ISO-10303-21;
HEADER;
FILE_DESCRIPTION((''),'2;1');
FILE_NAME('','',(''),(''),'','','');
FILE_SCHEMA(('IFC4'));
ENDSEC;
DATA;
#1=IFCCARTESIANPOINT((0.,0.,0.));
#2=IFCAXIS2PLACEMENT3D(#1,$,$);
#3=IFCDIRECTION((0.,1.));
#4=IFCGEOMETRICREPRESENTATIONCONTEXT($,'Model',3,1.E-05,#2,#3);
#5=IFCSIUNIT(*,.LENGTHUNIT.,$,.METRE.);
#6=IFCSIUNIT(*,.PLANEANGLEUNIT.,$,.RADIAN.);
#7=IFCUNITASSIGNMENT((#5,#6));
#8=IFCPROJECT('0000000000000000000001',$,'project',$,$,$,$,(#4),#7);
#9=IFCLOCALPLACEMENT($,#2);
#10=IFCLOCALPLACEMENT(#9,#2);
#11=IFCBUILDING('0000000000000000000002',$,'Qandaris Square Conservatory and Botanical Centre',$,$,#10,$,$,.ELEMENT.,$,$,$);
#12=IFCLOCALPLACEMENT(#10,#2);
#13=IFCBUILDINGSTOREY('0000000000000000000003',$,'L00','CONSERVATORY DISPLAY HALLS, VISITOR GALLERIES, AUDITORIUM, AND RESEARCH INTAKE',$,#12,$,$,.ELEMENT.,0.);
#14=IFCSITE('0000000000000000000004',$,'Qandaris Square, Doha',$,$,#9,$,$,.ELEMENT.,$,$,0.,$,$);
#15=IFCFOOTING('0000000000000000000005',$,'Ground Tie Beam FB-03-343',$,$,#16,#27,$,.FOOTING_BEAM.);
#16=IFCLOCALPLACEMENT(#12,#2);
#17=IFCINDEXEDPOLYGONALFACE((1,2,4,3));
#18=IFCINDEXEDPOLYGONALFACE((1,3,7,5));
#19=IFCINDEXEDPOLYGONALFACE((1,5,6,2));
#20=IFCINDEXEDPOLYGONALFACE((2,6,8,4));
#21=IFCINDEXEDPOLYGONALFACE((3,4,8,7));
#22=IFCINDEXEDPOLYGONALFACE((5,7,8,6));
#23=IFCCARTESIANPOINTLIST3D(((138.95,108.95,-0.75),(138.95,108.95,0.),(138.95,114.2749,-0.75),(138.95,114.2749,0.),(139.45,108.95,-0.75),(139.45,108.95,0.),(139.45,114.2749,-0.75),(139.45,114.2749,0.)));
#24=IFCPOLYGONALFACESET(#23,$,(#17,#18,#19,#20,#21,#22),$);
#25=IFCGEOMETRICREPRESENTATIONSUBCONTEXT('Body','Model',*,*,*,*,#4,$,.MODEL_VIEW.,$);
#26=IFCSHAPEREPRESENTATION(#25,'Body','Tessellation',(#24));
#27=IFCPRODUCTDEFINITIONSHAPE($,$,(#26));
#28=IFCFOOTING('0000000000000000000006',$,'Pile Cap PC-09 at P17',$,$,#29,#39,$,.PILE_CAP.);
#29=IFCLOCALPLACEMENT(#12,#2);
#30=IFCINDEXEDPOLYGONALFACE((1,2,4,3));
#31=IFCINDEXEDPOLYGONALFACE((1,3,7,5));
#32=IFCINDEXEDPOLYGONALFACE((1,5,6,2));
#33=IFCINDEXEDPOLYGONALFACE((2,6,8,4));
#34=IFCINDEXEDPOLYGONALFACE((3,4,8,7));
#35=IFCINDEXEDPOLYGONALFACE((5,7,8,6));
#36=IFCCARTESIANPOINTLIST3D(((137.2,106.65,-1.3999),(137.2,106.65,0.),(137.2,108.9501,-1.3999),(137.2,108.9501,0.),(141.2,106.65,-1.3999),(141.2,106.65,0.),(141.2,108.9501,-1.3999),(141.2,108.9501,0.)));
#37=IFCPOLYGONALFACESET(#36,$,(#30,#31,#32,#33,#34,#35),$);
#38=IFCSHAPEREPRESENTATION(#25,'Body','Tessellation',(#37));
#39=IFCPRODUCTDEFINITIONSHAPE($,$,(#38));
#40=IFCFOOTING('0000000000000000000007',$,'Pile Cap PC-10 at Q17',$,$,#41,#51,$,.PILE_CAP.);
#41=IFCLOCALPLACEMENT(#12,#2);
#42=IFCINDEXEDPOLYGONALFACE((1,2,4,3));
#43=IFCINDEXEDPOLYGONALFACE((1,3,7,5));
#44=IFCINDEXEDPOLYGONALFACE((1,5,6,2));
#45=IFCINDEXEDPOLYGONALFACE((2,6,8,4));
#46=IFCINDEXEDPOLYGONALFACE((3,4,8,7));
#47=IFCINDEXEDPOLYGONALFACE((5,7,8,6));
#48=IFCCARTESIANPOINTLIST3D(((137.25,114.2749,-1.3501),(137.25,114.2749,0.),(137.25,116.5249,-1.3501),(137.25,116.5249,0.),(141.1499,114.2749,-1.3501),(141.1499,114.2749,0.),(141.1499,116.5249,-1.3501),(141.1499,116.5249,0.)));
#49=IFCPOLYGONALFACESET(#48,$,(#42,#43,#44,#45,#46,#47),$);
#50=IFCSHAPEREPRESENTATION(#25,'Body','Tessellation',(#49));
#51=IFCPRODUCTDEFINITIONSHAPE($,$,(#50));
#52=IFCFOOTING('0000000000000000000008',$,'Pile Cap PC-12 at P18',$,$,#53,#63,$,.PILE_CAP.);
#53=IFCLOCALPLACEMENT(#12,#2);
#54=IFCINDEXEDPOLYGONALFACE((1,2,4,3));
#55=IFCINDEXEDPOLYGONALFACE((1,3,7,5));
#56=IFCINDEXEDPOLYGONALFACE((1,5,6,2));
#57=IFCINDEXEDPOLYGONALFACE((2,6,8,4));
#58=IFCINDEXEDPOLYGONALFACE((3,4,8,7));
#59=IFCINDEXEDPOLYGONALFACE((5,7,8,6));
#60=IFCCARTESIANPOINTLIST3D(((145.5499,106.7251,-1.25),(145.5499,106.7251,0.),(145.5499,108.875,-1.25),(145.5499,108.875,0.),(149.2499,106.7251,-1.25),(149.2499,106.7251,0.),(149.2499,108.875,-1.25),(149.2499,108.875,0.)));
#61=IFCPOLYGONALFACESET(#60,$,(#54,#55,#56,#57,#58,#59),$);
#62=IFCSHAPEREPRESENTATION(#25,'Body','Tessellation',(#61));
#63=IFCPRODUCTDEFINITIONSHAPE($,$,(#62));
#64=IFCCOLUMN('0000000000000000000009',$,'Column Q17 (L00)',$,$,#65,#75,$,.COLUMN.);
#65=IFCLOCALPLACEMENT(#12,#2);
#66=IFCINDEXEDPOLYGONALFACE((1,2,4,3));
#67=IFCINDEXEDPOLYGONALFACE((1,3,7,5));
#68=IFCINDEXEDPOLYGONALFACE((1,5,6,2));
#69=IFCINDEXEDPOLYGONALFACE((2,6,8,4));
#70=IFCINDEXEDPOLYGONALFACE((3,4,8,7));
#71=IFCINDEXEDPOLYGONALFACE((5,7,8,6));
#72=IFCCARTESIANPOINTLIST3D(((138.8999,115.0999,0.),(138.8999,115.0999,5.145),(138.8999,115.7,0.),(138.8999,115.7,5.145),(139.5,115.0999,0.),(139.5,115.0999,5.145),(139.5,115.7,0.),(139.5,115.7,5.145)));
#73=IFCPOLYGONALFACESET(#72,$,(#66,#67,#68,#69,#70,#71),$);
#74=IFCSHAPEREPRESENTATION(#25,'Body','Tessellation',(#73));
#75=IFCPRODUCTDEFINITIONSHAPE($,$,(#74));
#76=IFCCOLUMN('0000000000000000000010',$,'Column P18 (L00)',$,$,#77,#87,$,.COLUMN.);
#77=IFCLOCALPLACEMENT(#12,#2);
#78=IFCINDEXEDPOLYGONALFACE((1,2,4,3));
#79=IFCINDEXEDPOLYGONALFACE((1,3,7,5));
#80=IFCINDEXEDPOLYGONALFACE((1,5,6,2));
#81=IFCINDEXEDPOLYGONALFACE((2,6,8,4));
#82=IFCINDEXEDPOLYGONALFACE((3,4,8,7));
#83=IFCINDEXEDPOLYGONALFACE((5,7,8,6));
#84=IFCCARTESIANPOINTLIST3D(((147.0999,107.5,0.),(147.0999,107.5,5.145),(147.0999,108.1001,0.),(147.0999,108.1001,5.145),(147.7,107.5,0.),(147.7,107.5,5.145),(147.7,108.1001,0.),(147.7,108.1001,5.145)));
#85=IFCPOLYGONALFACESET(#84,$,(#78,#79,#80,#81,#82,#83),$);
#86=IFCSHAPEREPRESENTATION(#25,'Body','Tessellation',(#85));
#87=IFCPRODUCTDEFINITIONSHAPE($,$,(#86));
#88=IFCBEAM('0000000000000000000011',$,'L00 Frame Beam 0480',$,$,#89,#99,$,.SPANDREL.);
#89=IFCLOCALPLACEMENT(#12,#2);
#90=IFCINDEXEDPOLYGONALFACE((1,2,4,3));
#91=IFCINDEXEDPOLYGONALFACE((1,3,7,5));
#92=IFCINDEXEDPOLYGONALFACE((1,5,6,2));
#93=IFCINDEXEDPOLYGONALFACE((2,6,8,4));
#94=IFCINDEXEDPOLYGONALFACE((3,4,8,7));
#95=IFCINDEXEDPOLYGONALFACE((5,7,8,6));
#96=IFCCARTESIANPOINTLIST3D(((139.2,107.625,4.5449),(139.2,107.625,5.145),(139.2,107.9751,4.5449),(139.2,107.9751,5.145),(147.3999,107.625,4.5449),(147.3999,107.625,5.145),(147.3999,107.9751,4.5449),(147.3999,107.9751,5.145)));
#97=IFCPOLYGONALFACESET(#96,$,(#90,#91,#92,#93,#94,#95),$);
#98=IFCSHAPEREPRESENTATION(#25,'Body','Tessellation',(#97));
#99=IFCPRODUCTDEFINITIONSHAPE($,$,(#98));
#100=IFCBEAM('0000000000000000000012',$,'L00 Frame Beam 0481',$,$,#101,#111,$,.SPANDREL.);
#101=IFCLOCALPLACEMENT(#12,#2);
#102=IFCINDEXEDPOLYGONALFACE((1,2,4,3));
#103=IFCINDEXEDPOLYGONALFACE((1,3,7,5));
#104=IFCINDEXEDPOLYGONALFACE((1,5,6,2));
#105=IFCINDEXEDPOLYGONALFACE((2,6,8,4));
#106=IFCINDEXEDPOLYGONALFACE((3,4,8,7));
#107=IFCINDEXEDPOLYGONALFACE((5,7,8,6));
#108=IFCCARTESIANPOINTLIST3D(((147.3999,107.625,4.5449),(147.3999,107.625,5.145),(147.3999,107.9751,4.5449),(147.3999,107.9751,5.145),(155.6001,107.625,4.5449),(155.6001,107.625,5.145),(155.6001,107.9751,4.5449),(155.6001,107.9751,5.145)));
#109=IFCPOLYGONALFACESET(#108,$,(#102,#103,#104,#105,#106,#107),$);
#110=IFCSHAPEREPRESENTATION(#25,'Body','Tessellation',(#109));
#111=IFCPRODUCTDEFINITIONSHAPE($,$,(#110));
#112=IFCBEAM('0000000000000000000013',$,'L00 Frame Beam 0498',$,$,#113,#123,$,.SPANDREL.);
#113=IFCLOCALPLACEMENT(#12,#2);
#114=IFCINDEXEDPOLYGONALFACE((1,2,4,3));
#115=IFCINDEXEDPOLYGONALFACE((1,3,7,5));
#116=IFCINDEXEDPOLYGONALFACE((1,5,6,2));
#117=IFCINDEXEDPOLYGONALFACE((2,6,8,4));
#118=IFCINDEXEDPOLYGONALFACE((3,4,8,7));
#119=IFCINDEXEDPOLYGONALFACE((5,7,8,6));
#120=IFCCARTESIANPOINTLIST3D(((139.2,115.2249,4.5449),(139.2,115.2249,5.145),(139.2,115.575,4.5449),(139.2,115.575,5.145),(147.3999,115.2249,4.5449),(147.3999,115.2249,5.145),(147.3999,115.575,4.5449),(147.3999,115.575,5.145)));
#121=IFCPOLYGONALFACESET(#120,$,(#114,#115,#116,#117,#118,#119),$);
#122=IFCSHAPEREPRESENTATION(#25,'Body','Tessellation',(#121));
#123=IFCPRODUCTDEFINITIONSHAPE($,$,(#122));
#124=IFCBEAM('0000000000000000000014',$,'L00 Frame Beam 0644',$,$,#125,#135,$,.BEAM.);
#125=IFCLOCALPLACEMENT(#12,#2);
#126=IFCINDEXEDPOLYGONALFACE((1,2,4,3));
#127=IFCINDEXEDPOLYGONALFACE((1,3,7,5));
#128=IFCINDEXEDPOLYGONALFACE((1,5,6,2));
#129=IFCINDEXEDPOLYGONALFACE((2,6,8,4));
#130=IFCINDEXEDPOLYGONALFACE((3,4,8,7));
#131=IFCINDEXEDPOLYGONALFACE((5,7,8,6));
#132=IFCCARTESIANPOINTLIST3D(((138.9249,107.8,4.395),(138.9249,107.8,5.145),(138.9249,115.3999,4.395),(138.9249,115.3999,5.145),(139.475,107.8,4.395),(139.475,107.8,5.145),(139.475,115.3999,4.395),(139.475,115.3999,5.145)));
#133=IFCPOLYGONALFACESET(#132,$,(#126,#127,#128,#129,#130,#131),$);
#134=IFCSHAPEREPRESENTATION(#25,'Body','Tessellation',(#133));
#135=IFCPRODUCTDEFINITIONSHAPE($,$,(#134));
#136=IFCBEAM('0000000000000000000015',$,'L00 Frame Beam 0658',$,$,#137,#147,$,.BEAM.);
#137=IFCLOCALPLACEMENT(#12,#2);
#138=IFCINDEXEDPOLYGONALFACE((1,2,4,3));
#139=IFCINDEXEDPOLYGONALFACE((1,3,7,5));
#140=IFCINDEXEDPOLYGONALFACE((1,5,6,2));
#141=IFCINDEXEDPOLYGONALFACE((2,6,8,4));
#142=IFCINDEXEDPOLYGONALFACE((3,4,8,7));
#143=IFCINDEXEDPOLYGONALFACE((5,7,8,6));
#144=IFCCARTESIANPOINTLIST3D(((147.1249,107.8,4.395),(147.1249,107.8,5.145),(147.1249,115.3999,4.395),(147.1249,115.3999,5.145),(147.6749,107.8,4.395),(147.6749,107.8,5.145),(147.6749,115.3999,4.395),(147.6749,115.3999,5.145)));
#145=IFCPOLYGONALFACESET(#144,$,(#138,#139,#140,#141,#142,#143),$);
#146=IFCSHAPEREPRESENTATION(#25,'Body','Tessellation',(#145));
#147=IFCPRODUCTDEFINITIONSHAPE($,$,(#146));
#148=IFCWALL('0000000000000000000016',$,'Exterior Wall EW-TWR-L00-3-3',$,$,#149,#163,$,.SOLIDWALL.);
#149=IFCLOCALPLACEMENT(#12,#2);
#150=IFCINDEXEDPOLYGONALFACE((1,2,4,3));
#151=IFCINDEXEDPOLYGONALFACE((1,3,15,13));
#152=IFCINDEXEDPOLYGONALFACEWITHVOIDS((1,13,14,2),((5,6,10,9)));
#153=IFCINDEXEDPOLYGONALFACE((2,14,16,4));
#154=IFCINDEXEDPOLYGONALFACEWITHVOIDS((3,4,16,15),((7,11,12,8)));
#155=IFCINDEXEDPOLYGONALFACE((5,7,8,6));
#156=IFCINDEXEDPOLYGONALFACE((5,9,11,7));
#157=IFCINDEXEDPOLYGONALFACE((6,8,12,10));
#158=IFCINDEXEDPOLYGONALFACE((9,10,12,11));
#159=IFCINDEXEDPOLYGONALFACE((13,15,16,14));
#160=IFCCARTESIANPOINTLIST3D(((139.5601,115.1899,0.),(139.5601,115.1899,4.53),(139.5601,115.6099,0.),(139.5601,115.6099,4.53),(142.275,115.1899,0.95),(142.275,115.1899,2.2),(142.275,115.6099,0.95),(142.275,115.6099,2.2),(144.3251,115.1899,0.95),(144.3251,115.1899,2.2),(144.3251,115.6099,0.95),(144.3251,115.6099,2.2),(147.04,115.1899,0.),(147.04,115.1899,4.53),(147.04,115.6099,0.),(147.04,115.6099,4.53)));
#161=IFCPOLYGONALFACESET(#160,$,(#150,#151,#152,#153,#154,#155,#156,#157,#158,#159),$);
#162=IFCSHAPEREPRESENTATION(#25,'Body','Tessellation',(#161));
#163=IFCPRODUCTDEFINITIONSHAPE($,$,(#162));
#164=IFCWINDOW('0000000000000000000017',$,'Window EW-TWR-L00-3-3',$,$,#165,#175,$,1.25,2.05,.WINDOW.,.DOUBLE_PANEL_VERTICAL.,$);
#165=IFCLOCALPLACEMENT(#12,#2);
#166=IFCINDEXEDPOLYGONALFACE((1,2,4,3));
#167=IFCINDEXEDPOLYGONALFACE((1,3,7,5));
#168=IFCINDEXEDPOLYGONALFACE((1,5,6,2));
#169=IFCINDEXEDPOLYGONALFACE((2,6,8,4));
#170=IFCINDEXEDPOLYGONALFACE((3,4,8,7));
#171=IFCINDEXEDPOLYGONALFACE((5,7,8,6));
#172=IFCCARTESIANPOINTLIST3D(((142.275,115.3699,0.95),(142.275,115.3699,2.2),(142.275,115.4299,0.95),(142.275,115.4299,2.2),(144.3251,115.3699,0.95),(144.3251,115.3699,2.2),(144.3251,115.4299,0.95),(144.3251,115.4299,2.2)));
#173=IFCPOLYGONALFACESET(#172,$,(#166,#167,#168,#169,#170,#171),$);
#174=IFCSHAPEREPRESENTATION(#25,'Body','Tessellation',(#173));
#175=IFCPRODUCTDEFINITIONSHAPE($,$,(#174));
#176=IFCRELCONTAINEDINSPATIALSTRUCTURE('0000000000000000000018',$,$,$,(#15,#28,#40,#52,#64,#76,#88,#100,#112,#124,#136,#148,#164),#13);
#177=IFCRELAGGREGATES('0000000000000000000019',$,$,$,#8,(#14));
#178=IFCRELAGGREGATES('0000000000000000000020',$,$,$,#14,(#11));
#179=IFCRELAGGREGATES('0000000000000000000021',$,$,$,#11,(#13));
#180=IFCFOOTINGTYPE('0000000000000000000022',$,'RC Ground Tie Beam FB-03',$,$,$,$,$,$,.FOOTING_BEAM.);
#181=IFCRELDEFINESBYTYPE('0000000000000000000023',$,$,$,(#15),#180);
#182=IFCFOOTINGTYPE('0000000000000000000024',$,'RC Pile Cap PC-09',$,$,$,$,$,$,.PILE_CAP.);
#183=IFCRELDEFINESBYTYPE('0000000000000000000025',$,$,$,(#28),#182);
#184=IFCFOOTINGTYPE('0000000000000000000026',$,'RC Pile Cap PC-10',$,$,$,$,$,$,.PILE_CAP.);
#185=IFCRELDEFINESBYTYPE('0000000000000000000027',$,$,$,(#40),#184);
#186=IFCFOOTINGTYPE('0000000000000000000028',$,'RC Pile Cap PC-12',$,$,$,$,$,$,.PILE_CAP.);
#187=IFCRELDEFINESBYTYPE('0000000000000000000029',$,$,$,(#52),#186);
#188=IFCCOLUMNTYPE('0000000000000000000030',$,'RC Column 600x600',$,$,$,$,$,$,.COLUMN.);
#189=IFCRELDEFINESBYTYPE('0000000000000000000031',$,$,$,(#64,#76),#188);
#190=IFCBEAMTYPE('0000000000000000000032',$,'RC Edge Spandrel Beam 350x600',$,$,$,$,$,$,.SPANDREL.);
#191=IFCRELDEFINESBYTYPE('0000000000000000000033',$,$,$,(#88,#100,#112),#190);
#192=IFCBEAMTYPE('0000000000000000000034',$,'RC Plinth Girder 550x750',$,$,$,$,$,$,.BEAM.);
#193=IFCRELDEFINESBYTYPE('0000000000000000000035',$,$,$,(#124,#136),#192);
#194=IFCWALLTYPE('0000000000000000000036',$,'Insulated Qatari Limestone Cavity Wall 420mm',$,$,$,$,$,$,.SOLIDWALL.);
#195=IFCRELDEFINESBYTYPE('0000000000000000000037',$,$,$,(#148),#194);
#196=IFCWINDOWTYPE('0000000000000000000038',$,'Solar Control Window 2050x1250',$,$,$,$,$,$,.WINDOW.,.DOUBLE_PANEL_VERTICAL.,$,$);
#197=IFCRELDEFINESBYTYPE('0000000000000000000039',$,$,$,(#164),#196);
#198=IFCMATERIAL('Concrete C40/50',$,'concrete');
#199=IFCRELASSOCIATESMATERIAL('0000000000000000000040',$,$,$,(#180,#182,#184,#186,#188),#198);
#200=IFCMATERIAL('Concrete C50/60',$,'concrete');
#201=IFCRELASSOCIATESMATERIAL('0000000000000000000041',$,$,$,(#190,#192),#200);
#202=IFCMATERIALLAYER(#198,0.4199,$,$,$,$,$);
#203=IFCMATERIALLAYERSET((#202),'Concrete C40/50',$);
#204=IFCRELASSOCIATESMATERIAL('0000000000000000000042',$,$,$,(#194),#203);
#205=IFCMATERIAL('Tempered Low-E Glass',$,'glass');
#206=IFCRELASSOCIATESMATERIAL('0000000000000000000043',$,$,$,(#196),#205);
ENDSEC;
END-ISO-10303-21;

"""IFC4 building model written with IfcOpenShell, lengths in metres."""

from ifc_helpers import new_model, si_unit, direction, frame, frame_2d, origin, origin_2d, place, context, subcontext, project, spatial, rectangle, extrude, material, layer, layer_set, material_profile, profile_set, type_object, element, fill, save


model = new_model("IFC4")

# Units and contexts
model_context = context("Model", 3, precision=1e-05, world=origin(), true_north=direction((0.0, 1.0)))
body_context = subcontext(model_context, "Body", "Model", "MODEL_VIEW")
ifc_project = project(units=[si_unit("LENGTHUNIT", "METRE"), si_unit("PLANEANGLEUNIT", "RADIAN")], contexts=[model_context])

# Site, building, storey
site_placement = place(None, origin())
site = spatial("IfcSite", under=ifc_project, at=site_placement, Name="Qandaris Square, Doha", CompositionType="ELEMENT", RefElevation=0.0)
building_placement = place(site_placement, origin())
building = spatial("IfcBuilding", under=site, at=building_placement, Name="Qandaris Square Conservatory and Botanical Centre", CompositionType="ELEMENT")
storey_placement = place(building_placement, origin())
storey = spatial("IfcBuildingStorey", under=building, at=storey_placement, Name="L00", Description="CONSERVATORY DISPLAY HALLS, VISITOR GALLERIES, AUDITORIUM, AND RESEARCH INTAKE", CompositionType="ELEMENT", Elevation=0.0)

# Shared definitions
ifc_material_1 = material(Name="Concrete C50/60", Category="concrete")

# Footings
ifc_material_2 = material(Name="Concrete C40/50", Category="concrete")
ifc_material_profile_1 = material_profile(ifc_material_2, rectangle(XDim=0.5, YDim=0.75, at=origin_2d()), Name="FB 500x750")
ifc_profile_set_1 = profile_set([ifc_material_profile_1], Name="Concrete C40/50")
footing_type_1 = type_object("IfcFootingType", Name="RC Ground Tie Beam FB-03", PredefinedType="FOOTING_BEAM", material=ifc_profile_set_1)
footing_1_placement = place(storey_placement, frame((139.2, 108.95, -0.375), z_axis=(0.0, 1.0, 0.0), x_axis=(-1.0, 0.0, 0.0)))
element("IfcFooting", 1, at=footing_1_placement, inside=storey, type_object=footing_type_1, Name="Ground Tie Beam FB-03-343", PredefinedType="FOOTING_BEAM", context=body_context, shape_type="SweptSolid", body=[
    extrude(rectangle(XDim=0.5, YDim=0.75, at=origin_2d()), origin(), (0.0, 0.0, 1.0), 5.325),
])
footing_type_2 = type_object("IfcFootingType", Name="RC Pile Cap PC-09", PredefinedType="PILE_CAP", material=ifc_material_2)
footing_2_placement = place(storey_placement, frame((139.2, 107.8, -1.3999), z_axis=(0.0, 0.0, 1.0), x_axis=(1.0, 0.0, 0.0)))
element("IfcFooting", 2, at=footing_2_placement, inside=storey, type_object=footing_type_2, Name="Pile Cap PC-09 at P17", PredefinedType="PILE_CAP", context=body_context, shape_type="SweptSolid", body=[
    extrude(rectangle(XDim=4.0, YDim=2.3, at=origin_2d()), origin(), (0.0, 0.0, 1.0), 1.3999),
])
footing_type_3 = type_object("IfcFootingType", Name="RC Pile Cap PC-10", PredefinedType="PILE_CAP", material=ifc_material_2)
footing_3_placement = place(storey_placement, frame((139.2, 115.3999, -1.3501), z_axis=(0.0, 0.0, 1.0), x_axis=(1.0, 0.0, 0.0)))
element("IfcFooting", 3, at=footing_3_placement, inside=storey, type_object=footing_type_3, Name="Pile Cap PC-10 at Q17", PredefinedType="PILE_CAP", context=body_context, shape_type="SweptSolid", body=[
    extrude(rectangle(XDim=3.8999, YDim=2.25, at=origin_2d()), origin(), (0.0, 0.0, 1.0), 1.3501),
])
footing_type_4 = type_object("IfcFootingType", Name="RC Pile Cap PC-12", PredefinedType="PILE_CAP", material=ifc_material_2)
footing_4_placement = place(storey_placement, frame((147.3999, 107.8, -1.25), z_axis=(0.0, 0.0, 1.0), x_axis=(1.0, 0.0, 0.0)))
element("IfcFooting", 4, at=footing_4_placement, inside=storey, type_object=footing_type_4, Name="Pile Cap PC-12 at P18", PredefinedType="PILE_CAP", context=body_context, shape_type="SweptSolid", body=[
    extrude(rectangle(XDim=3.7, YDim=2.1499, at=origin_2d()), origin(), (0.0, 0.0, 1.0), 1.25),
])

# Columns
ifc_material_profile_2 = material_profile(ifc_material_2, rectangle(XDim=0.6001, YDim=0.6001, at=origin_2d()), Name="RC-COL 600x600")
ifc_profile_set_2 = profile_set([ifc_material_profile_2], Name="Concrete C40/50")
column_type = type_object("IfcColumnType", Name="RC Column 600x600", PredefinedType="COLUMN", material=ifc_profile_set_2)
for number, where, z_axis, x_axis, name in (
    (5, (139.2, 115.3999, 0.0), (0.0, 0.0, 1.0), (1.0, 0.0, 0.0), "Column Q17 (L00)"),
    (6, (147.3999, 107.8, 0.0), (0.0, 0.0, 1.0), (1.0, 0.0, 0.0), "Column P18 (L00)"),
):
    element("IfcColumn", number, at=place(storey_placement, frame(where, z_axis=z_axis, x_axis=x_axis)), inside=storey, type_object=column_type, Name=name, PredefinedType="COLUMN", context=body_context, shape_type="SweptSolid", body=[
        extrude(rectangle(XDim=0.6001, YDim=0.6001, at=origin_2d()), origin(), (0.0, 0.0, 1.0), 5.145),
    ])

# Beams
ifc_material_profile_3 = material_profile(ifc_material_1, rectangle(XDim=0.3501, YDim=0.6001, at=origin_2d()), Name="RC-SP 350x600")
ifc_profile_set_3 = profile_set([ifc_material_profile_3], Name="Concrete C50/60")
beam_type_1 = type_object("IfcBeamType", Name="RC Edge Spandrel Beam 350x600", PredefinedType="SPANDREL", material=ifc_profile_set_3)
beam_1_placement = place(storey_placement, frame((139.2, 107.8, 4.845), z_axis=(1.0, 0.0, 0.0), x_axis=(0.0, 1.0, 0.0)))
element("IfcBeam", 7, at=beam_1_placement, inside=storey, type_object=beam_type_1, Name="L00 Frame Beam 0480", PredefinedType="SPANDREL", context=body_context, shape_type="SweptSolid", body=[
    extrude(rectangle(XDim=0.3501, YDim=0.6001, at=origin_2d()), origin(), (0.0, 0.0, 1.0), 8.2),
])
beam_2_placement = place(storey_placement, frame((147.3999, 107.8, 4.845), z_axis=(1.0, 0.0, 0.0), x_axis=(0.0, 1.0, 0.0)))
element("IfcBeam", 8, at=beam_2_placement, inside=storey, type_object=beam_type_1, Name="L00 Frame Beam 0481", PredefinedType="SPANDREL", context=body_context, shape_type="SweptSolid", body=[
    extrude(rectangle(XDim=0.3501, YDim=0.6001, at=origin_2d()), origin(), (0.0, 0.0, 1.0), 8.2002),
])
beam_3_placement = place(storey_placement, frame((139.2, 115.3999, 4.845), z_axis=(1.0, 0.0, 0.0), x_axis=(0.0, 1.0, 0.0)))
element("IfcBeam", 9, at=beam_3_placement, inside=storey, type_object=beam_type_1, Name="L00 Frame Beam 0498", PredefinedType="SPANDREL", context=body_context, shape_type="SweptSolid", body=[
    extrude(rectangle(XDim=0.3501, YDim=0.6001, at=origin_2d()), origin(), (0.0, 0.0, 1.0), 8.2),
])
ifc_material_profile_4 = material_profile(ifc_material_1, rectangle(XDim=0.55, YDim=0.75, at=origin_2d()), Name="RC-BM 550x750")
ifc_profile_set_4 = profile_set([ifc_material_profile_4], Name="Concrete C50/60")
beam_type_2 = type_object("IfcBeamType", Name="RC Plinth Girder 550x750", PredefinedType="BEAM", material=ifc_profile_set_4)
for number, where, z_axis, x_axis, name in (
    (10, (139.2, 107.8, 4.77), (0.0, 1.0, 0.0), (-1.0, 0.0, 0.0), "L00 Frame Beam 0644"),
    (11, (147.3999, 107.8, 4.77), (0.0, 1.0, 0.0), (-1.0, 0.0, 0.0), "L00 Frame Beam 0658"),
):
    element("IfcBeam", number, at=place(storey_placement, frame(where, z_axis=z_axis, x_axis=x_axis)), inside=storey, type_object=beam_type_2, Name=name, PredefinedType="BEAM", context=body_context, shape_type="SweptSolid", body=[
        extrude(rectangle(XDim=0.55, YDim=0.75, at=origin_2d()), origin(), (0.0, 0.0, 1.0), 7.5999),
    ])

# Wall, opening, window
ifc_layer = layer(ifc_material_2, 0.4199)
ifc_layer_set = layer_set([ifc_layer], Name="Concrete C40/50")
wall_type = type_object("IfcWallType", Name="Insulated Qatari Limestone Cavity Wall 420mm", PredefinedType="SOLIDWALL", material=ifc_layer_set)
wall_placement = place(storey_placement, frame((147.04, 115.3999, 0.0), z_axis=(0.0, 0.0, 1.0), x_axis=(-1.0, 0.0, 0.0)))
wall = element("IfcWall", 12, at=wall_placement, inside=storey, type_object=wall_type, Name="Exterior Wall EW-TWR-L00-3-3", PredefinedType="SOLIDWALL", context=body_context, shape_type="SweptSolid", body=[
    extrude(rectangle(XDim=7.48, YDim=0.4199, at=frame_2d((3.74, 0.0))), origin(), (0.0, 0.0, 1.0), 4.53),
])
opening_placement = place(wall_placement, frame((2.7151, 0.0, 0.95)))
opening = element("IfcOpeningElement", 13, at=opening_placement, cuts=wall, PredefinedType="OPENING", context=body_context, shape_type="SweptSolid", body=[
    extrude(rectangle(XDim=2.05, YDim=1.25, at=frame_2d((1.0249, 0.625))), frame((0.0, 0.2219, 0.0), z_axis=(0.0, -1.0, 0.0), x_axis=(1.0, 0.0, 0.0)), (0.0, 0.0, 1.0), 0.4438),
])
ifc_material_3 = material(Name="Tempered Low-E Glass", Category="glass")
window_type = type_object("IfcWindowType", Name="Solar Control Window 2050x1250", PartitioningType="DOUBLE_PANEL_VERTICAL", PredefinedType="WINDOW", material=ifc_material_3)
window_placement = place(opening_placement, origin())
window = element("IfcWindow", 14, at=window_placement, inside=storey, type_object=window_type, Name="Window EW-TWR-L00-3-3", OverallHeight=1.25, OverallWidth=2.05, PartitioningType="DOUBLE_PANEL_VERTICAL", PredefinedType="WINDOW", context=body_context, shape_type="SweptSolid", body=[
    extrude(rectangle(XDim=2.05, YDim=1.25, at=frame_2d((1.0249, 0.625))), frame((0.0, 0.03, 0.0), z_axis=(0.0, -1.0, 0.0), x_axis=(1.0, 0.0, 0.0)), (0.0, 0.0, 1.0), 0.0601),
])
fill(opening, window)

save(model, "model.ifc")
